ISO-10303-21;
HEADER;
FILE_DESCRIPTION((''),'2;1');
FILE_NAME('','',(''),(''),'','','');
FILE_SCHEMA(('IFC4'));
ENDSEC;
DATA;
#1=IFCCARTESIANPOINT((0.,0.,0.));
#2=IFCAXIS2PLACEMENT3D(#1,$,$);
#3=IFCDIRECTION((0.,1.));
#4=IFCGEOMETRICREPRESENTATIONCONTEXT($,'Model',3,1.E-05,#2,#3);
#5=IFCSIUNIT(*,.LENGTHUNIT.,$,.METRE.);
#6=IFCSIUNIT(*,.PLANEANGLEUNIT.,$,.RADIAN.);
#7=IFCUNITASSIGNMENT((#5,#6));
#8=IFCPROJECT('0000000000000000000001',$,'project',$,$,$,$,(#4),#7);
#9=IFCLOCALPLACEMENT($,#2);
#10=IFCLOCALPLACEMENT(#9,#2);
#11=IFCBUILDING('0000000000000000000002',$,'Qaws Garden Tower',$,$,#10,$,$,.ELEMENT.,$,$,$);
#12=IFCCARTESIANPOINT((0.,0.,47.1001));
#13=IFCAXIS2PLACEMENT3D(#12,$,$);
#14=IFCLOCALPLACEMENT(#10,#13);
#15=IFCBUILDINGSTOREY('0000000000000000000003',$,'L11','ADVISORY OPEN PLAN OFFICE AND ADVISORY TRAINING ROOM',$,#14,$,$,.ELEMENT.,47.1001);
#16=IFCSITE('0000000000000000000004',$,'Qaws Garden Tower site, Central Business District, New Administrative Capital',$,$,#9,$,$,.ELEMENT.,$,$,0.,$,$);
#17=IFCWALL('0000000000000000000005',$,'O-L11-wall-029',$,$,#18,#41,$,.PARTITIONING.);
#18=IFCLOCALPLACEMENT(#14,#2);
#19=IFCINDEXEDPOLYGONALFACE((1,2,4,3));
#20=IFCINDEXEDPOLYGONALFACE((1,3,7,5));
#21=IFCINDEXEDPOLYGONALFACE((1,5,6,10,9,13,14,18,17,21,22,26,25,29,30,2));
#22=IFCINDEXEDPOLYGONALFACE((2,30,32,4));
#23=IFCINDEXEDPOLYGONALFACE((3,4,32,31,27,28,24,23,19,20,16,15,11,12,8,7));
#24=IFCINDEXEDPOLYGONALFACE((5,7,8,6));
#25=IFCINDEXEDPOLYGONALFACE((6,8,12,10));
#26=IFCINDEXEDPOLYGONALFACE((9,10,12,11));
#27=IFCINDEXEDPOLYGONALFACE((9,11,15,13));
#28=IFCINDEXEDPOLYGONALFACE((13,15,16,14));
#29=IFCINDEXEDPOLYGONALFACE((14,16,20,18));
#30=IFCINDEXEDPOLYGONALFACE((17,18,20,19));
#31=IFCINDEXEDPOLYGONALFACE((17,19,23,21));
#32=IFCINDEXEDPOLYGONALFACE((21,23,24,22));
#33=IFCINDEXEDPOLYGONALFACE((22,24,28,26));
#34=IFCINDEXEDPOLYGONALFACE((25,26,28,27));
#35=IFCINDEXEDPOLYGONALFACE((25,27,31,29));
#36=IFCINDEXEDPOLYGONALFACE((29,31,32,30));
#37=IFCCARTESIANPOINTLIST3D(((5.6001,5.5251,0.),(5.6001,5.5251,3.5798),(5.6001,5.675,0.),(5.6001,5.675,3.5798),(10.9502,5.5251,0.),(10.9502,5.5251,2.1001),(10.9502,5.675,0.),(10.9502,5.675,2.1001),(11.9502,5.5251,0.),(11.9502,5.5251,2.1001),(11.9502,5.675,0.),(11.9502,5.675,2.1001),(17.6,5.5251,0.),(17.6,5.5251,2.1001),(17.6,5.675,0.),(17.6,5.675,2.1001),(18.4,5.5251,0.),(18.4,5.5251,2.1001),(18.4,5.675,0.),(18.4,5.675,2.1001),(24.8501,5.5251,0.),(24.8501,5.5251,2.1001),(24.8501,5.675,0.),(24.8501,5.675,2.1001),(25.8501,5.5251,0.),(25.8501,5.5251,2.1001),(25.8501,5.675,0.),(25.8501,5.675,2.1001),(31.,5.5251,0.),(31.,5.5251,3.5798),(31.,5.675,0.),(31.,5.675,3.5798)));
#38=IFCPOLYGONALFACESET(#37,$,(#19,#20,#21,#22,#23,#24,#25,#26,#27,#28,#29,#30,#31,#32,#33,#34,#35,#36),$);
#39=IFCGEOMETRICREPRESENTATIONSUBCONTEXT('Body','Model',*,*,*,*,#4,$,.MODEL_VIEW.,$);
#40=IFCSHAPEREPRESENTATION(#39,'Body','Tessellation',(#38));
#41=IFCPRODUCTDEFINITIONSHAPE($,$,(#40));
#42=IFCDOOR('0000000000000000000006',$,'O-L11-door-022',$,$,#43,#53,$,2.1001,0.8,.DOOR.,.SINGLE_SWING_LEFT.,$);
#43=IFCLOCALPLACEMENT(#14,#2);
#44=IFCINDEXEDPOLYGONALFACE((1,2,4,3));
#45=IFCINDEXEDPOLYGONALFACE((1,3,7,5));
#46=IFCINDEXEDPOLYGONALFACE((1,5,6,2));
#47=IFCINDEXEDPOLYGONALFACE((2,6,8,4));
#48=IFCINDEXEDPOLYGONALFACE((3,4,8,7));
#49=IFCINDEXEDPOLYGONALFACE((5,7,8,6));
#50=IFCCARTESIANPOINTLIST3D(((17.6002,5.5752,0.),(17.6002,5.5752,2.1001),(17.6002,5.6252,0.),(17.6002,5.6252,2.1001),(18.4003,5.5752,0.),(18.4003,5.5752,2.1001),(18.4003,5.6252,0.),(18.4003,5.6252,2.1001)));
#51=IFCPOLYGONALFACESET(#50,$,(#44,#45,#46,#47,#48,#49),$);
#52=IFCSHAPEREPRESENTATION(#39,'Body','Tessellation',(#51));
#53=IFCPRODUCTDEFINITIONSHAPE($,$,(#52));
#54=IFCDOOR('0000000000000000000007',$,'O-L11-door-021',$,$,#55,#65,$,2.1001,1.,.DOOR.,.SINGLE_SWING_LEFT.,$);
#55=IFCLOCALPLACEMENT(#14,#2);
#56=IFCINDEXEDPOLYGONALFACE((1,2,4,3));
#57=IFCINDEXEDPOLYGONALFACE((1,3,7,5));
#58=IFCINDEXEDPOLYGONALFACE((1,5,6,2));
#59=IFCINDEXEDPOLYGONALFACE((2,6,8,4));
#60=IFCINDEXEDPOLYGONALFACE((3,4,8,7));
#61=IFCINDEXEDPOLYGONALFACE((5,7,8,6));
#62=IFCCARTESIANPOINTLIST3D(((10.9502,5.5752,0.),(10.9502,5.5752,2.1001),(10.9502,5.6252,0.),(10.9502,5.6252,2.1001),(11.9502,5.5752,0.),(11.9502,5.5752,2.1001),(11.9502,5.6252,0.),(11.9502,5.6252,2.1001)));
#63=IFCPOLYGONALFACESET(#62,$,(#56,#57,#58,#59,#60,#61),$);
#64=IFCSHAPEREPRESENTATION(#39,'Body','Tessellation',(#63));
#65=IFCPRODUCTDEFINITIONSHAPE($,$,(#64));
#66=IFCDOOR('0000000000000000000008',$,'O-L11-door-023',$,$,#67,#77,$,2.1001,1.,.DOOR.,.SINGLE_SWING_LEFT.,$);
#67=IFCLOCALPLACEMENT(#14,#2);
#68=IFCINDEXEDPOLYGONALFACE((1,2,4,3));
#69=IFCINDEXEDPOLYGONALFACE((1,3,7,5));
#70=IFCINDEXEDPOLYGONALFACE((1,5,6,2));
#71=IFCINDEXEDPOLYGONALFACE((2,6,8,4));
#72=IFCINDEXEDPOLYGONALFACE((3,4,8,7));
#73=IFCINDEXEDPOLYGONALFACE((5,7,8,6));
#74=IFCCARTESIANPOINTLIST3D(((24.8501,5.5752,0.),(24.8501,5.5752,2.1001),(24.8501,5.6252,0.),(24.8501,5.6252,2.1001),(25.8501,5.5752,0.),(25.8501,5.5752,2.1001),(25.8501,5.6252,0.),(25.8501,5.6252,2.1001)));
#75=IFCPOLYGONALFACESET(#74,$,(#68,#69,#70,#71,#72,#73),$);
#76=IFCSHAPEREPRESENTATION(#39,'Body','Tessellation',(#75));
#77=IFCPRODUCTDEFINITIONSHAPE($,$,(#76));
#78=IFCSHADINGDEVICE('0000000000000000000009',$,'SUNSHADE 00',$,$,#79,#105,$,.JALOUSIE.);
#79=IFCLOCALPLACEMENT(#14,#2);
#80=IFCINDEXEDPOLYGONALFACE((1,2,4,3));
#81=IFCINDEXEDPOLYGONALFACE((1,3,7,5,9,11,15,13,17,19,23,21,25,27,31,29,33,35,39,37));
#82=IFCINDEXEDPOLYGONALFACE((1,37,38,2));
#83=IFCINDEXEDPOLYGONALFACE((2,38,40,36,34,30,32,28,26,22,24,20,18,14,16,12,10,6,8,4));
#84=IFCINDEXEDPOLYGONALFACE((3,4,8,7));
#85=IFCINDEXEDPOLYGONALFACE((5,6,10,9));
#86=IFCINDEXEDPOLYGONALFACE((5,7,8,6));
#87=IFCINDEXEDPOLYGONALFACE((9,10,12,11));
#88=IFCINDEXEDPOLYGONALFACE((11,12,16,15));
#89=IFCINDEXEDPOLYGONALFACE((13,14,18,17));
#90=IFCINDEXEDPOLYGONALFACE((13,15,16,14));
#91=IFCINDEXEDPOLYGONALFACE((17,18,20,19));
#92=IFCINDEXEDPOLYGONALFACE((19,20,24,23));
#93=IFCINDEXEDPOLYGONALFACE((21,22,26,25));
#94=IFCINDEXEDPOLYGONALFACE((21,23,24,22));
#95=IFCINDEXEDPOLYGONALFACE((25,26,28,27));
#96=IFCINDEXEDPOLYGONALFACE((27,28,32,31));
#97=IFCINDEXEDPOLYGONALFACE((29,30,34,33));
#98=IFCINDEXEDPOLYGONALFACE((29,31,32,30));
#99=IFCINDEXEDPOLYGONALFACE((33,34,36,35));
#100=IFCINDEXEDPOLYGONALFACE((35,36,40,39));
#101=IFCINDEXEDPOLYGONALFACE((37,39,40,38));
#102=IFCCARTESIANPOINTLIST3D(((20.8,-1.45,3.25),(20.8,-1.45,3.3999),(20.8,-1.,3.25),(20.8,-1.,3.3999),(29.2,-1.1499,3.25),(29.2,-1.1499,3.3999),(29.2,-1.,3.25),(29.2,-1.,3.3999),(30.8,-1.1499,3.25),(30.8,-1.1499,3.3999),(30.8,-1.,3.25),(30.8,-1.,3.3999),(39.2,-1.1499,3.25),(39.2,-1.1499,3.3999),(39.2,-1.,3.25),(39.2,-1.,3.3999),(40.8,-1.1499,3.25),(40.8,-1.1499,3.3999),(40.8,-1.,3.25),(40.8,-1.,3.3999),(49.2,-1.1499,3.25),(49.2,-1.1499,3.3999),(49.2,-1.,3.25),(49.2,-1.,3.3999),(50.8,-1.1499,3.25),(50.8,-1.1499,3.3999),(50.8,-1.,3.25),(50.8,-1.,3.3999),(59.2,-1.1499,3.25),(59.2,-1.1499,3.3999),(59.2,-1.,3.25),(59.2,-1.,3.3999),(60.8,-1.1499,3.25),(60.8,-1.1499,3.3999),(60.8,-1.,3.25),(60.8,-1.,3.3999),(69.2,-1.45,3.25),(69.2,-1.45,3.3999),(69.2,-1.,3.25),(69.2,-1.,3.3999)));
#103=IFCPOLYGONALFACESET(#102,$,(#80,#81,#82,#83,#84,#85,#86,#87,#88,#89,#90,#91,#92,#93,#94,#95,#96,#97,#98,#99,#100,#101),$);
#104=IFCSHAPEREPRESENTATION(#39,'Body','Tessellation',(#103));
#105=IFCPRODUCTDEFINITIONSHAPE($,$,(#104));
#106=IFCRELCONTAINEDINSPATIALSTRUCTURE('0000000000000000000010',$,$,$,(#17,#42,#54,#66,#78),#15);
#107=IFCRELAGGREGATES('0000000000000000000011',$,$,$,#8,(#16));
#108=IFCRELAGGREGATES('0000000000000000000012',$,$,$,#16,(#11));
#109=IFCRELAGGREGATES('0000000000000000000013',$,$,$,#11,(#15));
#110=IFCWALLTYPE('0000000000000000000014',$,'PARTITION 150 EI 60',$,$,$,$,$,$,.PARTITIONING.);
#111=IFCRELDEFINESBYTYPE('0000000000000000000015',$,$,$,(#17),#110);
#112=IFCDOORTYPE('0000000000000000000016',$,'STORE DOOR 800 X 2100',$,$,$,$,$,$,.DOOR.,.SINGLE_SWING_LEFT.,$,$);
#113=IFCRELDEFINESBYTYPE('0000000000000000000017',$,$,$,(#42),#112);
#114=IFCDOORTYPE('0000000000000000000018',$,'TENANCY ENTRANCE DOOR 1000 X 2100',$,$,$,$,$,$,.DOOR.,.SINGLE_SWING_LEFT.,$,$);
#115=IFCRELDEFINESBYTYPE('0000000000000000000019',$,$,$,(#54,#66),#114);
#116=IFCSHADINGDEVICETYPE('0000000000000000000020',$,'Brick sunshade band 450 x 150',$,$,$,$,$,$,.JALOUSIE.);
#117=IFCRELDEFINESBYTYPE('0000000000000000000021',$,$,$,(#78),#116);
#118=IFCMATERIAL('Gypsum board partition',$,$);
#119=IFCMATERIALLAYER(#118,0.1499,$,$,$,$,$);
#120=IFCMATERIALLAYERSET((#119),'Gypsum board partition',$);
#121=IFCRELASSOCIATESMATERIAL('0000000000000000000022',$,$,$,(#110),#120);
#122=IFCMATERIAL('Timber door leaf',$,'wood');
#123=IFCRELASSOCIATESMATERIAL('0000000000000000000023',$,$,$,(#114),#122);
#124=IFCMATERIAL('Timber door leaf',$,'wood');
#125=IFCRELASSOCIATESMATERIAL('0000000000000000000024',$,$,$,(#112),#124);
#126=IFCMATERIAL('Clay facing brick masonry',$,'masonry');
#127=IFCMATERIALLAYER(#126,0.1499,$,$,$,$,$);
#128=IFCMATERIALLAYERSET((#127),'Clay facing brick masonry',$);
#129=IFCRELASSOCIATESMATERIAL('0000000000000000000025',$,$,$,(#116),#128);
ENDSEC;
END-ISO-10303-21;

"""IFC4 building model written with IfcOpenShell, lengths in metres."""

from ifc_helpers import new_model, si_unit, direction, frame, frame_2d, origin, place, context, subcontext, project, spatial, polyline, rectangle, outline, extrude, material, layer, layer_set, type_object, element, fill, save


model = new_model("IFC4")

# Units and contexts
model_context = context("Model", 3, precision=1e-05, world=origin(), true_north=direction((0.0, 1.0)))
body_context = subcontext(model_context, "Body", "Model", "MODEL_VIEW")
ifc_project = project(units=[si_unit("LENGTHUNIT", "METRE"), si_unit("PLANEANGLEUNIT", "RADIAN")], contexts=[model_context])

# Site, building, storey
site_placement = place(None, origin())
site = spatial("IfcSite", under=ifc_project, at=site_placement, Name="Qaws Garden Tower site, Central Business District, New Administrative Capital", CompositionType="ELEMENT", RefElevation=0.0)
building_placement = place(site_placement, origin())
building = spatial("IfcBuilding", under=site, at=building_placement, Name="Qaws Garden Tower", CompositionType="ELEMENT")
storey_placement = place(building_placement, frame((0.0, 0.0, 47.1001)))
storey = spatial("IfcBuildingStorey", under=building, at=storey_placement, Name="L11", Description="ADVISORY OPEN PLAN OFFICE AND ADVISORY TRAINING ROOM", CompositionType="ELEMENT", Elevation=47.1001)

# Wall, openings, doors
ifc_material_1 = material(Name="Gypsum board partition")
ifc_layer_1 = layer(ifc_material_1, 0.1499)
ifc_layer_set_1 = layer_set([ifc_layer_1], Name="Gypsum board partition")
wall_type_1 = type_object("IfcWallType", Name="PARTITION 150 EI 60", PredefinedType="PARTITIONING", material=ifc_layer_set_1)
ifc_material_2 = material(Name="Timber door leaf", Category="wood")
door_type_1 = type_object("IfcDoorType", Name="TENANCY ENTRANCE DOOR 1000 X 2100", OperationType="SINGLE_SWING_LEFT", PredefinedType="DOOR", material=ifc_material_2)
wall_1_placement = place(storey_placement, frame((5.6001, 5.6001, 0.0), z_axis=(0.0, 0.0, 1.0), x_axis=(1.0, 0.0, 0.0)))
wall_1 = element("IfcWall", 1, at=wall_1_placement, inside=storey, type_object=wall_type_1, Name="O-L11-wall-029", PredefinedType="PARTITIONING", context=body_context, shape_type="SweptSolid", body=[
    extrude(rectangle(XDim=25.3999, YDim=0.1499, at=frame_2d((12.7, 0.0))), origin(), (0.0, 0.0, 1.0), 3.5798),
])
opening_1_placement = place(wall_1_placement, frame((5.3501, 0.0, 0.0)))
opening_1 = element("IfcOpeningElement", 2, at=opening_1_placement, cuts=wall_1, PredefinedType="OPENING", context=body_context, shape_type="SweptSolid", body=[
    extrude(rectangle(XDim=1.0, YDim=2.1001, at=frame_2d((0.5, 1.05))), frame((0.0, 0.085, 0.0), z_axis=(0.0, -1.0, 0.0), x_axis=(1.0, 0.0, 0.0)), (0.0, 0.0, 1.0), 0.1699),
])
opening_2_placement = place(wall_1_placement, frame((12.0, 0.0, 0.0)))
opening_2 = element("IfcOpeningElement", 3, at=opening_2_placement, cuts=wall_1, PredefinedType="OPENING", context=body_context, shape_type="SweptSolid", body=[
    extrude(rectangle(XDim=0.8, YDim=2.1001, at=frame_2d((0.3999, 1.05))), frame((0.0, 0.085, 0.0), z_axis=(0.0, -1.0, 0.0), x_axis=(1.0, 0.0, 0.0)), (0.0, 0.0, 1.0), 0.1699),
])
opening_3_placement = place(wall_1_placement, frame((19.25, 0.0, 0.0)))
opening_3 = element("IfcOpeningElement", 4, at=opening_3_placement, cuts=wall_1, PredefinedType="OPENING", context=body_context, shape_type="SweptSolid", body=[
    extrude(rectangle(XDim=1.0, YDim=2.1001, at=frame_2d((0.5, 1.05))), frame((0.0, 0.085, 0.0), z_axis=(0.0, -1.0, 0.0), x_axis=(1.0, 0.0, 0.0)), (0.0, 0.0, 1.0), 0.1699),
])
ifc_material_3 = material(Name="Timber door leaf", Category="wood")
door_type_2 = type_object("IfcDoorType", Name="STORE DOOR 800 X 2100", OperationType="SINGLE_SWING_LEFT", PredefinedType="DOOR", material=ifc_material_3)
door_1_placement = place(opening_2_placement, frame((0.8, 0.0, 0.0), z_axis=(0.0, 0.0, 1.0), x_axis=(-1.0, 0.0, 0.0)))
door_1 = element("IfcDoor", 5, at=door_1_placement, inside=storey, type_object=door_type_2, Name="O-L11-door-022", OperationType="SINGLE_SWING_LEFT", OverallHeight=2.1001, OverallWidth=0.8, PredefinedType="DOOR", context=body_context, shape_type="SweptSolid", body=[
    extrude(rectangle(XDim=0.8, YDim=2.1001, at=frame_2d((0.3999, 1.05))), frame((0.0, 0.0249, 0.0), z_axis=(0.0, -1.0, 0.0), x_axis=(1.0, 0.0, 0.0)), (0.0, 0.0, 1.0), 0.05),
])
fill(opening_2, door_1)
door_2_placement = place(opening_1_placement, frame((1.0, 0.0, 0.0), z_axis=(0.0, 0.0, 1.0), x_axis=(-1.0, 0.0, 0.0)))
door_2 = element("IfcDoor", 6, at=door_2_placement, inside=storey, type_object=door_type_1, Name="O-L11-door-021", OperationType="SINGLE_SWING_LEFT", OverallHeight=2.1001, OverallWidth=1.0, PredefinedType="DOOR", context=body_context, shape_type="SweptSolid", body=[
    extrude(rectangle(XDim=1.0, YDim=2.1001, at=frame_2d((0.5, 1.05))), frame((0.0, 0.0249, 0.0), z_axis=(0.0, -1.0, 0.0), x_axis=(1.0, 0.0, 0.0)), (0.0, 0.0, 1.0), 0.05),
])
fill(opening_1, door_2)
door_3_placement = place(opening_3_placement, frame((1.0, 0.0, 0.0), z_axis=(0.0, 0.0, 1.0), x_axis=(-1.0, 0.0, 0.0)))
door_3 = element("IfcDoor", 7, at=door_3_placement, inside=storey, type_object=door_type_1, Name="O-L11-door-023", OperationType="SINGLE_SWING_LEFT", OverallHeight=2.1001, OverallWidth=1.0, PredefinedType="DOOR", context=body_context, shape_type="SweptSolid", body=[
    extrude(rectangle(XDim=1.0, YDim=2.1001, at=frame_2d((0.5, 1.05))), frame((0.0, 0.0249, 0.0), z_axis=(0.0, -1.0, 0.0), x_axis=(1.0, 0.0, 0.0)), (0.0, 0.0, 1.0), 0.05),
])
fill(opening_3, door_3)

# Shading device
ifc_material_4 = material(Name="Clay facing brick masonry", Category="masonry")
ifc_layer_2 = layer(ifc_material_4, 0.1499)
ifc_layer_set_2 = layer_set([ifc_layer_2], Name="Clay facing brick masonry")
shading_device_type = type_object("IfcShadingDeviceType", Name="Brick sunshade band 450 x 150", PredefinedType="JALOUSIE", material=ifc_layer_set_2)
shading_device_placement = place(storey_placement, frame((0.0, 0.0, 3.25)))
element("IfcShadingDevice", 8, at=shading_device_placement, inside=storey, type_object=shading_device_type, Name="SUNSHADE 00", PredefinedType="JALOUSIE", context=body_context, shape_type="SweptSolid", body=[
    extrude(outline(polyline([(20.8, -1.0), (20.8, -1.45), (69.2, -1.45), (69.2, -1.0), (60.8, -1.0), (60.8, -1.1499), (59.2, -1.1499), (59.2, -1.0), (50.8, -1.0), (50.8, -1.1499), (49.2, -1.1499), (49.2, -1.0), (40.8, -1.0), (40.8, -1.1499), (39.2, -1.1499), (39.2, -1.0), (30.8, -1.0), (30.8, -1.1499), (29.2, -1.1499), (29.2, -1.0), (20.8, -1.0)])), origin(), (0.0, 0.0, 1.0), 0.1499),
])

save(model, "model.ifc")
